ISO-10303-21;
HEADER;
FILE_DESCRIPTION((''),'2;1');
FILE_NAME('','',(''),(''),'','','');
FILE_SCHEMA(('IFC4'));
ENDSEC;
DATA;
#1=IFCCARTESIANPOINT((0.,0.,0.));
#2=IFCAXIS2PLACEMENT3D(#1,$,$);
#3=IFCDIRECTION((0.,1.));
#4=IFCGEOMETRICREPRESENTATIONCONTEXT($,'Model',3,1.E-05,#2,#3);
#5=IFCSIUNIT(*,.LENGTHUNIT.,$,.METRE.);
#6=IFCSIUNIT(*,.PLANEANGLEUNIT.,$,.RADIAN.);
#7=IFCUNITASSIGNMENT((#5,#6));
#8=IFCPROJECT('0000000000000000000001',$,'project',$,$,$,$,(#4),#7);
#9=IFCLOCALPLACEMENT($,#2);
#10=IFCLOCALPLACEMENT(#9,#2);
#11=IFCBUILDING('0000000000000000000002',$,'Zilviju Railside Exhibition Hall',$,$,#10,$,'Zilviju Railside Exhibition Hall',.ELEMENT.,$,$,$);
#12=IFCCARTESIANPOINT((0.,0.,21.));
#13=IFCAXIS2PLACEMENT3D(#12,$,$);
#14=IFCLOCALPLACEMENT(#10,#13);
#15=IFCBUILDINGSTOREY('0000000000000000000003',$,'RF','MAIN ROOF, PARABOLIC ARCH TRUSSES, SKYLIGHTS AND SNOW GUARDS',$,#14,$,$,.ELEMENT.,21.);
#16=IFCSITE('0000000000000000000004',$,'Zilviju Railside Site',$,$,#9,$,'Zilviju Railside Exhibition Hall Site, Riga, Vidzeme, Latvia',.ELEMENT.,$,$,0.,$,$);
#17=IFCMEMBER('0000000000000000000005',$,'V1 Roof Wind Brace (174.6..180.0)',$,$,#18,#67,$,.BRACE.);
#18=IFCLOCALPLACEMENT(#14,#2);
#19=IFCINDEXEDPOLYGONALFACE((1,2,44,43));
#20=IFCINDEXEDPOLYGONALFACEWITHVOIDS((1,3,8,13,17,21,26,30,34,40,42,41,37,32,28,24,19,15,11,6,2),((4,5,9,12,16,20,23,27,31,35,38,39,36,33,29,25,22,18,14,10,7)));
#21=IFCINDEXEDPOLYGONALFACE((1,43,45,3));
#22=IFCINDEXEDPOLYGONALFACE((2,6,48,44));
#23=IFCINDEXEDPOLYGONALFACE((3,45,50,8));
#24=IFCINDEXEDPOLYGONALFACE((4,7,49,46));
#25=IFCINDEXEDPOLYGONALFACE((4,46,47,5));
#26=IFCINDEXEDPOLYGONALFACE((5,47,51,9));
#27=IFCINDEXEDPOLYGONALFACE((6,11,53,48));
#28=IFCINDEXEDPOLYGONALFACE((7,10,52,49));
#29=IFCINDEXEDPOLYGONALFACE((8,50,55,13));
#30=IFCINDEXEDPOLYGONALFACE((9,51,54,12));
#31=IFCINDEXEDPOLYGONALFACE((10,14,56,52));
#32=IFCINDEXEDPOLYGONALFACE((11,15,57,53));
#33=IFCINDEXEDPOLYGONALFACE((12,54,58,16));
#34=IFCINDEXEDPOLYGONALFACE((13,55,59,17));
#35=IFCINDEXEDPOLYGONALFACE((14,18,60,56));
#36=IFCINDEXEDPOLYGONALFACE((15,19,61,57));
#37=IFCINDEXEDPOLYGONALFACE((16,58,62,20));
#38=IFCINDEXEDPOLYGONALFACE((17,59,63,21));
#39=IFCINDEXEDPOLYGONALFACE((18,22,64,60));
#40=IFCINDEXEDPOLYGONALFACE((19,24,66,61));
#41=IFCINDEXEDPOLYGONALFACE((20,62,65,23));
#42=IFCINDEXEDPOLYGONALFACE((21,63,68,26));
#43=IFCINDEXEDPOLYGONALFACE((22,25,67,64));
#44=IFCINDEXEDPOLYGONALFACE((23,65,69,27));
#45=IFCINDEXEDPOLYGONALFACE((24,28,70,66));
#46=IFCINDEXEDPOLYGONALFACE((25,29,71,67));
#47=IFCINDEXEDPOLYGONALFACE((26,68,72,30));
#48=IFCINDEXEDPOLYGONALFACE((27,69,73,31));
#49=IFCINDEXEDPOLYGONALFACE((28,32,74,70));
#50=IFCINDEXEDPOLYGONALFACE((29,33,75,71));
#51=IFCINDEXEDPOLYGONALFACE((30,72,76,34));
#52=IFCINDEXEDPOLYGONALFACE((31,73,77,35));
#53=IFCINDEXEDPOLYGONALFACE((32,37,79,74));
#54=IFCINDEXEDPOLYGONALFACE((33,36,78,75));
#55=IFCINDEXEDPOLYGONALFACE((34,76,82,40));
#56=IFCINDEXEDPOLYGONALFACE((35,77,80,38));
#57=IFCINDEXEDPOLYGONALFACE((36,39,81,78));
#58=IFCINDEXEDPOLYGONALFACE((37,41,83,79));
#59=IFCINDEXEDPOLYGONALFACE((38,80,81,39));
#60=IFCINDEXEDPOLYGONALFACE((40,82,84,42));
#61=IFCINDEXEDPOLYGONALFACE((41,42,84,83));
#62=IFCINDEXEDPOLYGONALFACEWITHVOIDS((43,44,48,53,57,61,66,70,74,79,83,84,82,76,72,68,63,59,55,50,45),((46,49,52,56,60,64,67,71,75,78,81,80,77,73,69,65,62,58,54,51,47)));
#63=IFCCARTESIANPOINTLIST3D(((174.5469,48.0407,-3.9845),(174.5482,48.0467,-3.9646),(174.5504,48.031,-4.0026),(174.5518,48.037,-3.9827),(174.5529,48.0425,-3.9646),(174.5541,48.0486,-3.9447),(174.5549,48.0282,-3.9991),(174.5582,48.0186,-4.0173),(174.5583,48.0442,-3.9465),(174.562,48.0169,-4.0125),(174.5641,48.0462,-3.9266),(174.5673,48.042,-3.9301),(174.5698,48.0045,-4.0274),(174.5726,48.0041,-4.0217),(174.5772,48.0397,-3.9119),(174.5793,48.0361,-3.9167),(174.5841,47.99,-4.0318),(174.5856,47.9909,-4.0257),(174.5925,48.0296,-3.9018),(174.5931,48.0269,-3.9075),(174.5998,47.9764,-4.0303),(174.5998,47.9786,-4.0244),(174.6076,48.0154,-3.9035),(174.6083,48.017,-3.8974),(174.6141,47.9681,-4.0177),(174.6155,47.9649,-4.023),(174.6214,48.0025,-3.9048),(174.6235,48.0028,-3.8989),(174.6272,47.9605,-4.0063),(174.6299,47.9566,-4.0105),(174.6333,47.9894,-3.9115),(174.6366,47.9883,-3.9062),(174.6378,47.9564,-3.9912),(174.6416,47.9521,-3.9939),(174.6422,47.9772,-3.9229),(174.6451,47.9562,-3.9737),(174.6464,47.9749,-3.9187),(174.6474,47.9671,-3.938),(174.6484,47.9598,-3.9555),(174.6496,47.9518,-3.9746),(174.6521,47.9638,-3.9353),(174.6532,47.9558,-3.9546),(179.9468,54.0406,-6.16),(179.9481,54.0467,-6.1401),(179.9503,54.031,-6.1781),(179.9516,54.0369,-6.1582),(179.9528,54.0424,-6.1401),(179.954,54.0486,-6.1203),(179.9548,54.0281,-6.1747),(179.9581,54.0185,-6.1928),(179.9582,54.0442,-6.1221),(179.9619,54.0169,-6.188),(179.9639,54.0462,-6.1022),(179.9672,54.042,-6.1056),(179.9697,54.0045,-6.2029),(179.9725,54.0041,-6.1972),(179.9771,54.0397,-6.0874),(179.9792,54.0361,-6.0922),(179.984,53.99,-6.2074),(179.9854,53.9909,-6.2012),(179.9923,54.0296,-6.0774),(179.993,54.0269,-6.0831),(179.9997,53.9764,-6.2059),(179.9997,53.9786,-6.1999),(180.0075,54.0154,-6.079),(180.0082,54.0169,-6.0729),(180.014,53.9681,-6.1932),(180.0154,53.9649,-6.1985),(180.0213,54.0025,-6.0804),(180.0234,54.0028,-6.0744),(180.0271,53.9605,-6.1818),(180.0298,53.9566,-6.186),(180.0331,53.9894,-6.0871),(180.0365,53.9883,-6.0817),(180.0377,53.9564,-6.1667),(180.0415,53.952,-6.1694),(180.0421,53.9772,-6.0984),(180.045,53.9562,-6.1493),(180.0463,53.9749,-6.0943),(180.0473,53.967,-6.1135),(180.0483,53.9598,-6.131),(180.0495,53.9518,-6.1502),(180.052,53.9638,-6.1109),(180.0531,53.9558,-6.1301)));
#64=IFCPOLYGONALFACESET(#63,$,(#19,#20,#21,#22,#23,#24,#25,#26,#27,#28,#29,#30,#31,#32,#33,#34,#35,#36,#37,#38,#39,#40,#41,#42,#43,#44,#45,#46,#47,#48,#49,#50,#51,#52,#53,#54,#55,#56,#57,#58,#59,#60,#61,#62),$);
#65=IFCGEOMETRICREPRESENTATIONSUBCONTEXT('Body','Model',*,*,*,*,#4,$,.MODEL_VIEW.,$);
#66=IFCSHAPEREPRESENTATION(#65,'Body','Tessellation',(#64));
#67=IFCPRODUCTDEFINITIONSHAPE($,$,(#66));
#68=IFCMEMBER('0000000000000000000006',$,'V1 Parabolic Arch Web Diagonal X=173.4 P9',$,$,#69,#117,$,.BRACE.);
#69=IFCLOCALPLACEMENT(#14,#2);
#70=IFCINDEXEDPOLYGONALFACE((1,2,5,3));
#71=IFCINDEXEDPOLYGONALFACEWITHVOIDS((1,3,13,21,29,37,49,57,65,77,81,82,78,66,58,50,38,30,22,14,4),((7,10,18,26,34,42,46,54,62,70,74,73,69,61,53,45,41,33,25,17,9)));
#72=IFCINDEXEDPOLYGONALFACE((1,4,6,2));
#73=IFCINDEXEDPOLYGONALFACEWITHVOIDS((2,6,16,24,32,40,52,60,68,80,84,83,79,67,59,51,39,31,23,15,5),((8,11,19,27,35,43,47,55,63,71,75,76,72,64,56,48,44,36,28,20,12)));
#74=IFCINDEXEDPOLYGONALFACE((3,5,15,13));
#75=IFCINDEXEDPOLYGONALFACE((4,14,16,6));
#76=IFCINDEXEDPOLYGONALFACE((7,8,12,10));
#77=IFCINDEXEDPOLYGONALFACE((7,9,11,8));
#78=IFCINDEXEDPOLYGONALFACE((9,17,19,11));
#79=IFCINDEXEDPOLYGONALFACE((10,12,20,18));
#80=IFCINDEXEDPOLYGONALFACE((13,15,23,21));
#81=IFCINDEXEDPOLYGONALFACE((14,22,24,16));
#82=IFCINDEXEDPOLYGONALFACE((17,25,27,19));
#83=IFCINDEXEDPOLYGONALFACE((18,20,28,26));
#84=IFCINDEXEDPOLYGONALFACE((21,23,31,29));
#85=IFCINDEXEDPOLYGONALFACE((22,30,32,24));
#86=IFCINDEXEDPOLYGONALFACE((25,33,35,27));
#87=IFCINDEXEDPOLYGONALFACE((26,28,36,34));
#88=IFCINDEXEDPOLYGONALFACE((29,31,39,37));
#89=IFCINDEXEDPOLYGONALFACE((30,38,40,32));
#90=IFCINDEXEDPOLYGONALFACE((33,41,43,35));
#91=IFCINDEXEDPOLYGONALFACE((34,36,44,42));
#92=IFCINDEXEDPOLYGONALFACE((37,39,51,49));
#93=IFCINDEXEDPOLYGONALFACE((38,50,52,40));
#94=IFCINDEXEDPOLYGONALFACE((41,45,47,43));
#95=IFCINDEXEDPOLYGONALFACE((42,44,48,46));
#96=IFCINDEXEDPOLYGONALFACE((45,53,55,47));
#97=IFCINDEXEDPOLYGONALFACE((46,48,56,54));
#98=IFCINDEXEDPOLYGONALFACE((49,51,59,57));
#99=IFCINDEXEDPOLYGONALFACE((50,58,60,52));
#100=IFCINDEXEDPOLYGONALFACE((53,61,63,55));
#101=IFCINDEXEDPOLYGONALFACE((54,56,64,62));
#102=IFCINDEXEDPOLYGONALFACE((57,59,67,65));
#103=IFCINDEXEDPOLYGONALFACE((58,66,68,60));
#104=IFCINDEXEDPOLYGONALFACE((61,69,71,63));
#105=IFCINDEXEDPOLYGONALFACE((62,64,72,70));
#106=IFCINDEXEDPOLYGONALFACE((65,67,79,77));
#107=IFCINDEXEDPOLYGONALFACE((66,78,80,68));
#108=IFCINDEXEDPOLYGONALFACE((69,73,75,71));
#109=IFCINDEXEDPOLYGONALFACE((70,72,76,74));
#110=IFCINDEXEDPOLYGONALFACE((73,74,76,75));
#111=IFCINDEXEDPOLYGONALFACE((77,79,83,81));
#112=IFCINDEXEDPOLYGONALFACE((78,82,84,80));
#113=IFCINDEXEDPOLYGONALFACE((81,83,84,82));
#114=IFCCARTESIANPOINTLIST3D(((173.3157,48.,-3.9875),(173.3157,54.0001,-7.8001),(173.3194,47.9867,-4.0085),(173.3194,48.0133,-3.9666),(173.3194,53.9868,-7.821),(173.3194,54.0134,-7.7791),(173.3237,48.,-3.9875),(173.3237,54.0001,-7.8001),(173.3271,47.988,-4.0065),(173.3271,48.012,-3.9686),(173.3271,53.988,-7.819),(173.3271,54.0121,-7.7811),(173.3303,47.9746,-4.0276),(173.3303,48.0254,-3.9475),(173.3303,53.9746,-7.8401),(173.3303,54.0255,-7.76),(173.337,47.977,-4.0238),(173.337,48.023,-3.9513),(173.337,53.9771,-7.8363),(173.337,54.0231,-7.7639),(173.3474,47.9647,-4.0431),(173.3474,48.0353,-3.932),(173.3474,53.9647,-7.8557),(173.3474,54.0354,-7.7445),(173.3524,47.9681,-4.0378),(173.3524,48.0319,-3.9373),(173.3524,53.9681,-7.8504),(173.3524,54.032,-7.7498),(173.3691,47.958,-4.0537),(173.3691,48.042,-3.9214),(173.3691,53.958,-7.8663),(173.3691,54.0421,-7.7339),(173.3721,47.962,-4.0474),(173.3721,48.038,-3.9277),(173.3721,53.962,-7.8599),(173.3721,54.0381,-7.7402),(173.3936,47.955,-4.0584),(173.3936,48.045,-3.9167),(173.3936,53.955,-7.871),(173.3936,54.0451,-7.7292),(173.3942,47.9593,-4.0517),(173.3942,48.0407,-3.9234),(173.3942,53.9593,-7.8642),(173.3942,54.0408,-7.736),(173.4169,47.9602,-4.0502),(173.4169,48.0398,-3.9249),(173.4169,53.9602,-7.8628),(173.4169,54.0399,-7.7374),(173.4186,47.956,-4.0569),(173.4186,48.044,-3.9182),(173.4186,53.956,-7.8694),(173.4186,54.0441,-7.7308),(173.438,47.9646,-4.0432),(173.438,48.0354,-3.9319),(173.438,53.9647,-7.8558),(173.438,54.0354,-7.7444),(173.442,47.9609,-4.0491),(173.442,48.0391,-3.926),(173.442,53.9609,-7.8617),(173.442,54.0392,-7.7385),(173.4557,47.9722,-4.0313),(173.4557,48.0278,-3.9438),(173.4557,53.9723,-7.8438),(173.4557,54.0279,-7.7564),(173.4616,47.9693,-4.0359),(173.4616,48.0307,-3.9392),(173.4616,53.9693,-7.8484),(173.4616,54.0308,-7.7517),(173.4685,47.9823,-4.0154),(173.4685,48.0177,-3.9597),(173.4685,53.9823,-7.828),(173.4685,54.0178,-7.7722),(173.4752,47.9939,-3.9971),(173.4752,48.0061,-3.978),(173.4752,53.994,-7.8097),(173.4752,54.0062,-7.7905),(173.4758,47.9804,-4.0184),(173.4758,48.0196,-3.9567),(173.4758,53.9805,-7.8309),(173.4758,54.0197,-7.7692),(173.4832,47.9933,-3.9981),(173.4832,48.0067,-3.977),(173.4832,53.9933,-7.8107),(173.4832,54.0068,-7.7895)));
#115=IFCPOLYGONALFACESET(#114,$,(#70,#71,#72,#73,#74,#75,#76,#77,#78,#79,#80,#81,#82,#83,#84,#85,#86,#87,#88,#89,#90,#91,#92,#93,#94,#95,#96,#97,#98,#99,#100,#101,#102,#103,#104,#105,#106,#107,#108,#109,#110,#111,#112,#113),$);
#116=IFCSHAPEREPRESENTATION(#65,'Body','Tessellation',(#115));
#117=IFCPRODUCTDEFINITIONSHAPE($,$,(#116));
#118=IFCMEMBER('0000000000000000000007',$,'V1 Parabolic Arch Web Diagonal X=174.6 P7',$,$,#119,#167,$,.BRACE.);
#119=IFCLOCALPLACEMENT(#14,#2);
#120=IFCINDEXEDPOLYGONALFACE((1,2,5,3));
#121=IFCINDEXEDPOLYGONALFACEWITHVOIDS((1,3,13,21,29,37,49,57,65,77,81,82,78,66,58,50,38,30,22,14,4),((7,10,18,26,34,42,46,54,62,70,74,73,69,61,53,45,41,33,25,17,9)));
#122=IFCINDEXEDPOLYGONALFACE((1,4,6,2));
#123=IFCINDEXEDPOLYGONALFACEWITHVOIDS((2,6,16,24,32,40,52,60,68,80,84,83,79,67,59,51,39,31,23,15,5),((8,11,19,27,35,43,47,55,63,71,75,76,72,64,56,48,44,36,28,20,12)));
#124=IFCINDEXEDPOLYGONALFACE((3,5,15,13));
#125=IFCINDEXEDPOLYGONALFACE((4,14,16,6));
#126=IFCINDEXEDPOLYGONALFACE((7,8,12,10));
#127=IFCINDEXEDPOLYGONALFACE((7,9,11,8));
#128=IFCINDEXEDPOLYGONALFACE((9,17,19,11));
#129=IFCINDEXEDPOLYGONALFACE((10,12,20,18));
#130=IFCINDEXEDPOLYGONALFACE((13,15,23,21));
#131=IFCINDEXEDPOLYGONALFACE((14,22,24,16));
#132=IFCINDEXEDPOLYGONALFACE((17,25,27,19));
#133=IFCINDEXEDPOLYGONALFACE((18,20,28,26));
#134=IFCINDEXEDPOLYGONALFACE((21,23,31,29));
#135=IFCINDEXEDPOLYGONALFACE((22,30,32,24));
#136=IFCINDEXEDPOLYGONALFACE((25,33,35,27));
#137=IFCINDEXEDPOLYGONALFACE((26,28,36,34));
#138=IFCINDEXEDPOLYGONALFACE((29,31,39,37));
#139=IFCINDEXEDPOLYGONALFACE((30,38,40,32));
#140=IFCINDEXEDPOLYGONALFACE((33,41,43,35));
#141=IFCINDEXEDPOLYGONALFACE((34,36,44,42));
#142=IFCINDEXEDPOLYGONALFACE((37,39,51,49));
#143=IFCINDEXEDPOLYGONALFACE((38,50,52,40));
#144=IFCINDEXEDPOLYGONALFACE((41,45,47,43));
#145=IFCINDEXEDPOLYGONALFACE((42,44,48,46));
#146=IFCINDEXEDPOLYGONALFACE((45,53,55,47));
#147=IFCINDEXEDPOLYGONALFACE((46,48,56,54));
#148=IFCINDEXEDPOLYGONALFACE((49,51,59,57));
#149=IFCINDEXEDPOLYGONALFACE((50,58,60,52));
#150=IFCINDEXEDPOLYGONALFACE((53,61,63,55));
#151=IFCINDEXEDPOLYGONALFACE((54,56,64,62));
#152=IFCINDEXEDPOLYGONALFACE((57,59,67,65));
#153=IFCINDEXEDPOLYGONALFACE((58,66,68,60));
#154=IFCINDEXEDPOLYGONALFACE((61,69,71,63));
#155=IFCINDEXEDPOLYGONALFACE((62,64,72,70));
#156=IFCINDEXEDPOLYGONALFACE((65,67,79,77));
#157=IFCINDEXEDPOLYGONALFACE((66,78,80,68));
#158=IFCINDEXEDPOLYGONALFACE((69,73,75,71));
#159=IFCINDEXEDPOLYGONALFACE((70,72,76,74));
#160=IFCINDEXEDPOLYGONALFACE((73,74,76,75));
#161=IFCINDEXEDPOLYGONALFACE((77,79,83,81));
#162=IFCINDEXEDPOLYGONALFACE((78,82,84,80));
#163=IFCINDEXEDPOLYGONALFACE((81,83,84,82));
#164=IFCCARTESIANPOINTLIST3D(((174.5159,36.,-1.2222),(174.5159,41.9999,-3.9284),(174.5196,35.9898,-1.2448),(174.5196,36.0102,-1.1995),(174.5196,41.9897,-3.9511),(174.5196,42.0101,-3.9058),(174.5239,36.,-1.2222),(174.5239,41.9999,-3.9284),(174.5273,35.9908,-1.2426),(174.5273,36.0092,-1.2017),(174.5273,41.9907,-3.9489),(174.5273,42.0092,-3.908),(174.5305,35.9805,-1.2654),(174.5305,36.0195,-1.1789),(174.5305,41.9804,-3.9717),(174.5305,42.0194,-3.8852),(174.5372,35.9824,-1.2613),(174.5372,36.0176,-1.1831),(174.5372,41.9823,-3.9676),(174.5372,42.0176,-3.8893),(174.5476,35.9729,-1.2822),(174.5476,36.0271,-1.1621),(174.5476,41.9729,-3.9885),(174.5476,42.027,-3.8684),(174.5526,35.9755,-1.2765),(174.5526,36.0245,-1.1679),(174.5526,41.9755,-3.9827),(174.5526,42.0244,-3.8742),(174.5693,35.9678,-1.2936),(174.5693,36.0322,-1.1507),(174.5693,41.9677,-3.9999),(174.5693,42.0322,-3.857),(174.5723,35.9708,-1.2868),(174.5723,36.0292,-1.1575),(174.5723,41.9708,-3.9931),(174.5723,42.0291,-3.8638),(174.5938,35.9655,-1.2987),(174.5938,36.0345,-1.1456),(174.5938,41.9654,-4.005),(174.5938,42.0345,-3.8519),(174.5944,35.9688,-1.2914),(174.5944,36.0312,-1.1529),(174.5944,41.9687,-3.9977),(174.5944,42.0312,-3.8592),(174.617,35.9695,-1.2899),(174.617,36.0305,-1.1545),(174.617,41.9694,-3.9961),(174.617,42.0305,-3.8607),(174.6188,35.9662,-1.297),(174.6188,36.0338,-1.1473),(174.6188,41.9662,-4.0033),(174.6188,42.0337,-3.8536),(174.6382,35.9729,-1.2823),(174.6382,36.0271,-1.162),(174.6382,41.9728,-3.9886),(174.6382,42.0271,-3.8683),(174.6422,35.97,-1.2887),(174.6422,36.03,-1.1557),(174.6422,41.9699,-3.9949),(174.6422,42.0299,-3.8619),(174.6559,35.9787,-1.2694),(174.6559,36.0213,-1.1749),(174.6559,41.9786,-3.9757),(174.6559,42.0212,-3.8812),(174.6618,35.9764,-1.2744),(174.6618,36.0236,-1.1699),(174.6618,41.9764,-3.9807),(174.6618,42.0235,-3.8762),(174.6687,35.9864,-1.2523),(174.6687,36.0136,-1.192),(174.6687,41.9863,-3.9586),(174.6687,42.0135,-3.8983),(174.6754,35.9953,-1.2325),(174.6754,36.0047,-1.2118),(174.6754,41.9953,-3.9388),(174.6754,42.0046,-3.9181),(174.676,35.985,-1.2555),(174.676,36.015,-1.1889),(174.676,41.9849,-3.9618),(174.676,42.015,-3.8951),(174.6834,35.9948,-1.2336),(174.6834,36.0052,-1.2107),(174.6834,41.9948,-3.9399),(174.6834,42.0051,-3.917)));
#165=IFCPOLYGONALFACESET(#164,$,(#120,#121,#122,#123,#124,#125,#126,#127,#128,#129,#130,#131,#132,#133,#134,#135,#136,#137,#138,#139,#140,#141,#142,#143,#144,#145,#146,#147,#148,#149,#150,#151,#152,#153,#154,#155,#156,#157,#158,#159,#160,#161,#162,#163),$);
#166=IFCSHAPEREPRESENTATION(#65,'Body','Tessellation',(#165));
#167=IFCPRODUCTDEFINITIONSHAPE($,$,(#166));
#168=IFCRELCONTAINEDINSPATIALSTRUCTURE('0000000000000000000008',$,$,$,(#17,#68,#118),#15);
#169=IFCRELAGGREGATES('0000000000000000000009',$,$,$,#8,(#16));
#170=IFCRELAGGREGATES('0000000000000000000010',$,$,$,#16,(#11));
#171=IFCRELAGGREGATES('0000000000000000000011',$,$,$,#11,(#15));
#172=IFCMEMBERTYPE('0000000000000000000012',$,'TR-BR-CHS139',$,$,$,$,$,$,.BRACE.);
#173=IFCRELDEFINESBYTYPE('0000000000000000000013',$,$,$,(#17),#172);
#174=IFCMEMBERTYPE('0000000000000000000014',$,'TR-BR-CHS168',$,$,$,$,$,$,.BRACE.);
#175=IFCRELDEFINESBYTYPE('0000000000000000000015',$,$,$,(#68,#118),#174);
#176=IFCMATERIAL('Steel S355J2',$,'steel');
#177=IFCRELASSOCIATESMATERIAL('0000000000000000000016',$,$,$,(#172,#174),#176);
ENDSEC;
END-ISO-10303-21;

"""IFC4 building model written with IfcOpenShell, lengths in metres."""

from ifc_helpers import new_model, si_unit, direction, frame, origin, origin_2d, place, context, subcontext, project, spatial, hollow_circle, extrude, material, material_profile, profile_set, type_object, element, save


model = new_model("IFC4")

# Units and contexts
model_context = context("Model", 3, precision=1e-05, world=origin(), true_north=direction((0.0, 1.0)))
body_context = subcontext(model_context, "Body", "Model", "MODEL_VIEW")
ifc_project = project(units=[si_unit("LENGTHUNIT", "METRE"), si_unit("PLANEANGLEUNIT", "RADIAN")], contexts=[model_context])

# Site, building, storey
site_placement = place(None, origin())
site = spatial("IfcSite", under=ifc_project, at=site_placement, Name="Zilviju Railside Site", LongName="Zilviju Railside Exhibition Hall Site, Riga, Vidzeme, Latvia", CompositionType="ELEMENT", RefElevation=0.0)
building_placement = place(site_placement, origin())
building = spatial("IfcBuilding", under=site, at=building_placement, Name="Zilviju Railside Exhibition Hall", LongName="Zilviju Railside Exhibition Hall", CompositionType="ELEMENT")
storey_placement = place(building_placement, frame((0.0, 0.0, 21.0)))
storey = spatial("IfcBuildingStorey", under=building, at=storey_placement, Name="RF", Description="MAIN ROOF, PARABOLIC ARCH TRUSSES, SKYLIGHTS AND SNOW GUARDS", CompositionType="ELEMENT", Elevation=21.0)

# Members
ifc_material_1 = material(Name="Steel S355J2", Category="steel")
ifc_material_profile_1 = material_profile(ifc_material_1, hollow_circle(Radius=0.0698, WallThickness=0.0063, at=origin_2d()), Name="CHS 139.7x6.3")
ifc_profile_set_1 = profile_set([ifc_material_profile_1], Name="Steel S355J2")
member_type_1 = type_object("IfcMemberType", Name="TR-BR-CHS139", PredefinedType="BRACE", material=ifc_profile_set_1)
member_1_placement = place(storey_placement, frame((174.6001, 48.0, -3.9646), z_axis=(0.645911, 0.717692, -0.260227), x_axis=(-0.7433, 0.668958, 0.0)))
element("IfcMember", 1, at=member_1_placement, inside=storey, type_object=member_type_1, Name="V1 Roof Wind Brace (174.6..180.0)", PredefinedType="BRACE", context=body_context, shape_type="SweptSolid", body=[
    extrude(hollow_circle(Radius=0.0698, WallThickness=0.0063, at=origin_2d()), origin(), (0.0, 0.0, 1.0), 8.3601),
])
ifc_material_profile_2 = material_profile(ifc_material_1, hollow_circle(Radius=0.0842, WallThickness=0.0081, at=origin_2d()), Name="CHS 168.3x8.0")
ifc_profile_set_2 = profile_set([ifc_material_profile_2], Name="Steel S355J2")
member_type_2 = type_object("IfcMemberType", Name="TR-BR-CHS168", PredefinedType="BRACE", material=ifc_profile_set_2)
member_2_placement = place(storey_placement, frame((173.3999, 48.0, -3.9875), z_axis=(0.0, 0.844023, -0.536306), x_axis=(-1.0, 0.0, 0.0)))
element("IfcMember", 2, at=member_2_placement, inside=storey, type_object=member_type_2, Name="V1 Parabolic Arch Web Diagonal X=173.4 P9", PredefinedType="BRACE", context=body_context, shape_type="SweptSolid", body=[
    extrude(hollow_circle(Radius=0.0842, WallThickness=0.0081, at=origin_2d()), origin(), (0.0, 0.0, 1.0), 7.1089),
])
member_3_placement = place(storey_placement, frame((174.6001, 36.0, -1.2222), z_axis=(0.0, 0.911563, -0.41116), x_axis=(-1.0, 0.0, 0.0)))
element("IfcMember", 3, at=member_3_placement, inside=storey, type_object=member_type_2, Name="V1 Parabolic Arch Web Diagonal X=174.6 P7", PredefinedType="BRACE", context=body_context, shape_type="SweptSolid", body=[
    extrude(hollow_circle(Radius=0.0842, WallThickness=0.0081, at=origin_2d()), origin(), (0.0, 0.0, 1.0), 6.582),
])

save(model, "model.ifc")
